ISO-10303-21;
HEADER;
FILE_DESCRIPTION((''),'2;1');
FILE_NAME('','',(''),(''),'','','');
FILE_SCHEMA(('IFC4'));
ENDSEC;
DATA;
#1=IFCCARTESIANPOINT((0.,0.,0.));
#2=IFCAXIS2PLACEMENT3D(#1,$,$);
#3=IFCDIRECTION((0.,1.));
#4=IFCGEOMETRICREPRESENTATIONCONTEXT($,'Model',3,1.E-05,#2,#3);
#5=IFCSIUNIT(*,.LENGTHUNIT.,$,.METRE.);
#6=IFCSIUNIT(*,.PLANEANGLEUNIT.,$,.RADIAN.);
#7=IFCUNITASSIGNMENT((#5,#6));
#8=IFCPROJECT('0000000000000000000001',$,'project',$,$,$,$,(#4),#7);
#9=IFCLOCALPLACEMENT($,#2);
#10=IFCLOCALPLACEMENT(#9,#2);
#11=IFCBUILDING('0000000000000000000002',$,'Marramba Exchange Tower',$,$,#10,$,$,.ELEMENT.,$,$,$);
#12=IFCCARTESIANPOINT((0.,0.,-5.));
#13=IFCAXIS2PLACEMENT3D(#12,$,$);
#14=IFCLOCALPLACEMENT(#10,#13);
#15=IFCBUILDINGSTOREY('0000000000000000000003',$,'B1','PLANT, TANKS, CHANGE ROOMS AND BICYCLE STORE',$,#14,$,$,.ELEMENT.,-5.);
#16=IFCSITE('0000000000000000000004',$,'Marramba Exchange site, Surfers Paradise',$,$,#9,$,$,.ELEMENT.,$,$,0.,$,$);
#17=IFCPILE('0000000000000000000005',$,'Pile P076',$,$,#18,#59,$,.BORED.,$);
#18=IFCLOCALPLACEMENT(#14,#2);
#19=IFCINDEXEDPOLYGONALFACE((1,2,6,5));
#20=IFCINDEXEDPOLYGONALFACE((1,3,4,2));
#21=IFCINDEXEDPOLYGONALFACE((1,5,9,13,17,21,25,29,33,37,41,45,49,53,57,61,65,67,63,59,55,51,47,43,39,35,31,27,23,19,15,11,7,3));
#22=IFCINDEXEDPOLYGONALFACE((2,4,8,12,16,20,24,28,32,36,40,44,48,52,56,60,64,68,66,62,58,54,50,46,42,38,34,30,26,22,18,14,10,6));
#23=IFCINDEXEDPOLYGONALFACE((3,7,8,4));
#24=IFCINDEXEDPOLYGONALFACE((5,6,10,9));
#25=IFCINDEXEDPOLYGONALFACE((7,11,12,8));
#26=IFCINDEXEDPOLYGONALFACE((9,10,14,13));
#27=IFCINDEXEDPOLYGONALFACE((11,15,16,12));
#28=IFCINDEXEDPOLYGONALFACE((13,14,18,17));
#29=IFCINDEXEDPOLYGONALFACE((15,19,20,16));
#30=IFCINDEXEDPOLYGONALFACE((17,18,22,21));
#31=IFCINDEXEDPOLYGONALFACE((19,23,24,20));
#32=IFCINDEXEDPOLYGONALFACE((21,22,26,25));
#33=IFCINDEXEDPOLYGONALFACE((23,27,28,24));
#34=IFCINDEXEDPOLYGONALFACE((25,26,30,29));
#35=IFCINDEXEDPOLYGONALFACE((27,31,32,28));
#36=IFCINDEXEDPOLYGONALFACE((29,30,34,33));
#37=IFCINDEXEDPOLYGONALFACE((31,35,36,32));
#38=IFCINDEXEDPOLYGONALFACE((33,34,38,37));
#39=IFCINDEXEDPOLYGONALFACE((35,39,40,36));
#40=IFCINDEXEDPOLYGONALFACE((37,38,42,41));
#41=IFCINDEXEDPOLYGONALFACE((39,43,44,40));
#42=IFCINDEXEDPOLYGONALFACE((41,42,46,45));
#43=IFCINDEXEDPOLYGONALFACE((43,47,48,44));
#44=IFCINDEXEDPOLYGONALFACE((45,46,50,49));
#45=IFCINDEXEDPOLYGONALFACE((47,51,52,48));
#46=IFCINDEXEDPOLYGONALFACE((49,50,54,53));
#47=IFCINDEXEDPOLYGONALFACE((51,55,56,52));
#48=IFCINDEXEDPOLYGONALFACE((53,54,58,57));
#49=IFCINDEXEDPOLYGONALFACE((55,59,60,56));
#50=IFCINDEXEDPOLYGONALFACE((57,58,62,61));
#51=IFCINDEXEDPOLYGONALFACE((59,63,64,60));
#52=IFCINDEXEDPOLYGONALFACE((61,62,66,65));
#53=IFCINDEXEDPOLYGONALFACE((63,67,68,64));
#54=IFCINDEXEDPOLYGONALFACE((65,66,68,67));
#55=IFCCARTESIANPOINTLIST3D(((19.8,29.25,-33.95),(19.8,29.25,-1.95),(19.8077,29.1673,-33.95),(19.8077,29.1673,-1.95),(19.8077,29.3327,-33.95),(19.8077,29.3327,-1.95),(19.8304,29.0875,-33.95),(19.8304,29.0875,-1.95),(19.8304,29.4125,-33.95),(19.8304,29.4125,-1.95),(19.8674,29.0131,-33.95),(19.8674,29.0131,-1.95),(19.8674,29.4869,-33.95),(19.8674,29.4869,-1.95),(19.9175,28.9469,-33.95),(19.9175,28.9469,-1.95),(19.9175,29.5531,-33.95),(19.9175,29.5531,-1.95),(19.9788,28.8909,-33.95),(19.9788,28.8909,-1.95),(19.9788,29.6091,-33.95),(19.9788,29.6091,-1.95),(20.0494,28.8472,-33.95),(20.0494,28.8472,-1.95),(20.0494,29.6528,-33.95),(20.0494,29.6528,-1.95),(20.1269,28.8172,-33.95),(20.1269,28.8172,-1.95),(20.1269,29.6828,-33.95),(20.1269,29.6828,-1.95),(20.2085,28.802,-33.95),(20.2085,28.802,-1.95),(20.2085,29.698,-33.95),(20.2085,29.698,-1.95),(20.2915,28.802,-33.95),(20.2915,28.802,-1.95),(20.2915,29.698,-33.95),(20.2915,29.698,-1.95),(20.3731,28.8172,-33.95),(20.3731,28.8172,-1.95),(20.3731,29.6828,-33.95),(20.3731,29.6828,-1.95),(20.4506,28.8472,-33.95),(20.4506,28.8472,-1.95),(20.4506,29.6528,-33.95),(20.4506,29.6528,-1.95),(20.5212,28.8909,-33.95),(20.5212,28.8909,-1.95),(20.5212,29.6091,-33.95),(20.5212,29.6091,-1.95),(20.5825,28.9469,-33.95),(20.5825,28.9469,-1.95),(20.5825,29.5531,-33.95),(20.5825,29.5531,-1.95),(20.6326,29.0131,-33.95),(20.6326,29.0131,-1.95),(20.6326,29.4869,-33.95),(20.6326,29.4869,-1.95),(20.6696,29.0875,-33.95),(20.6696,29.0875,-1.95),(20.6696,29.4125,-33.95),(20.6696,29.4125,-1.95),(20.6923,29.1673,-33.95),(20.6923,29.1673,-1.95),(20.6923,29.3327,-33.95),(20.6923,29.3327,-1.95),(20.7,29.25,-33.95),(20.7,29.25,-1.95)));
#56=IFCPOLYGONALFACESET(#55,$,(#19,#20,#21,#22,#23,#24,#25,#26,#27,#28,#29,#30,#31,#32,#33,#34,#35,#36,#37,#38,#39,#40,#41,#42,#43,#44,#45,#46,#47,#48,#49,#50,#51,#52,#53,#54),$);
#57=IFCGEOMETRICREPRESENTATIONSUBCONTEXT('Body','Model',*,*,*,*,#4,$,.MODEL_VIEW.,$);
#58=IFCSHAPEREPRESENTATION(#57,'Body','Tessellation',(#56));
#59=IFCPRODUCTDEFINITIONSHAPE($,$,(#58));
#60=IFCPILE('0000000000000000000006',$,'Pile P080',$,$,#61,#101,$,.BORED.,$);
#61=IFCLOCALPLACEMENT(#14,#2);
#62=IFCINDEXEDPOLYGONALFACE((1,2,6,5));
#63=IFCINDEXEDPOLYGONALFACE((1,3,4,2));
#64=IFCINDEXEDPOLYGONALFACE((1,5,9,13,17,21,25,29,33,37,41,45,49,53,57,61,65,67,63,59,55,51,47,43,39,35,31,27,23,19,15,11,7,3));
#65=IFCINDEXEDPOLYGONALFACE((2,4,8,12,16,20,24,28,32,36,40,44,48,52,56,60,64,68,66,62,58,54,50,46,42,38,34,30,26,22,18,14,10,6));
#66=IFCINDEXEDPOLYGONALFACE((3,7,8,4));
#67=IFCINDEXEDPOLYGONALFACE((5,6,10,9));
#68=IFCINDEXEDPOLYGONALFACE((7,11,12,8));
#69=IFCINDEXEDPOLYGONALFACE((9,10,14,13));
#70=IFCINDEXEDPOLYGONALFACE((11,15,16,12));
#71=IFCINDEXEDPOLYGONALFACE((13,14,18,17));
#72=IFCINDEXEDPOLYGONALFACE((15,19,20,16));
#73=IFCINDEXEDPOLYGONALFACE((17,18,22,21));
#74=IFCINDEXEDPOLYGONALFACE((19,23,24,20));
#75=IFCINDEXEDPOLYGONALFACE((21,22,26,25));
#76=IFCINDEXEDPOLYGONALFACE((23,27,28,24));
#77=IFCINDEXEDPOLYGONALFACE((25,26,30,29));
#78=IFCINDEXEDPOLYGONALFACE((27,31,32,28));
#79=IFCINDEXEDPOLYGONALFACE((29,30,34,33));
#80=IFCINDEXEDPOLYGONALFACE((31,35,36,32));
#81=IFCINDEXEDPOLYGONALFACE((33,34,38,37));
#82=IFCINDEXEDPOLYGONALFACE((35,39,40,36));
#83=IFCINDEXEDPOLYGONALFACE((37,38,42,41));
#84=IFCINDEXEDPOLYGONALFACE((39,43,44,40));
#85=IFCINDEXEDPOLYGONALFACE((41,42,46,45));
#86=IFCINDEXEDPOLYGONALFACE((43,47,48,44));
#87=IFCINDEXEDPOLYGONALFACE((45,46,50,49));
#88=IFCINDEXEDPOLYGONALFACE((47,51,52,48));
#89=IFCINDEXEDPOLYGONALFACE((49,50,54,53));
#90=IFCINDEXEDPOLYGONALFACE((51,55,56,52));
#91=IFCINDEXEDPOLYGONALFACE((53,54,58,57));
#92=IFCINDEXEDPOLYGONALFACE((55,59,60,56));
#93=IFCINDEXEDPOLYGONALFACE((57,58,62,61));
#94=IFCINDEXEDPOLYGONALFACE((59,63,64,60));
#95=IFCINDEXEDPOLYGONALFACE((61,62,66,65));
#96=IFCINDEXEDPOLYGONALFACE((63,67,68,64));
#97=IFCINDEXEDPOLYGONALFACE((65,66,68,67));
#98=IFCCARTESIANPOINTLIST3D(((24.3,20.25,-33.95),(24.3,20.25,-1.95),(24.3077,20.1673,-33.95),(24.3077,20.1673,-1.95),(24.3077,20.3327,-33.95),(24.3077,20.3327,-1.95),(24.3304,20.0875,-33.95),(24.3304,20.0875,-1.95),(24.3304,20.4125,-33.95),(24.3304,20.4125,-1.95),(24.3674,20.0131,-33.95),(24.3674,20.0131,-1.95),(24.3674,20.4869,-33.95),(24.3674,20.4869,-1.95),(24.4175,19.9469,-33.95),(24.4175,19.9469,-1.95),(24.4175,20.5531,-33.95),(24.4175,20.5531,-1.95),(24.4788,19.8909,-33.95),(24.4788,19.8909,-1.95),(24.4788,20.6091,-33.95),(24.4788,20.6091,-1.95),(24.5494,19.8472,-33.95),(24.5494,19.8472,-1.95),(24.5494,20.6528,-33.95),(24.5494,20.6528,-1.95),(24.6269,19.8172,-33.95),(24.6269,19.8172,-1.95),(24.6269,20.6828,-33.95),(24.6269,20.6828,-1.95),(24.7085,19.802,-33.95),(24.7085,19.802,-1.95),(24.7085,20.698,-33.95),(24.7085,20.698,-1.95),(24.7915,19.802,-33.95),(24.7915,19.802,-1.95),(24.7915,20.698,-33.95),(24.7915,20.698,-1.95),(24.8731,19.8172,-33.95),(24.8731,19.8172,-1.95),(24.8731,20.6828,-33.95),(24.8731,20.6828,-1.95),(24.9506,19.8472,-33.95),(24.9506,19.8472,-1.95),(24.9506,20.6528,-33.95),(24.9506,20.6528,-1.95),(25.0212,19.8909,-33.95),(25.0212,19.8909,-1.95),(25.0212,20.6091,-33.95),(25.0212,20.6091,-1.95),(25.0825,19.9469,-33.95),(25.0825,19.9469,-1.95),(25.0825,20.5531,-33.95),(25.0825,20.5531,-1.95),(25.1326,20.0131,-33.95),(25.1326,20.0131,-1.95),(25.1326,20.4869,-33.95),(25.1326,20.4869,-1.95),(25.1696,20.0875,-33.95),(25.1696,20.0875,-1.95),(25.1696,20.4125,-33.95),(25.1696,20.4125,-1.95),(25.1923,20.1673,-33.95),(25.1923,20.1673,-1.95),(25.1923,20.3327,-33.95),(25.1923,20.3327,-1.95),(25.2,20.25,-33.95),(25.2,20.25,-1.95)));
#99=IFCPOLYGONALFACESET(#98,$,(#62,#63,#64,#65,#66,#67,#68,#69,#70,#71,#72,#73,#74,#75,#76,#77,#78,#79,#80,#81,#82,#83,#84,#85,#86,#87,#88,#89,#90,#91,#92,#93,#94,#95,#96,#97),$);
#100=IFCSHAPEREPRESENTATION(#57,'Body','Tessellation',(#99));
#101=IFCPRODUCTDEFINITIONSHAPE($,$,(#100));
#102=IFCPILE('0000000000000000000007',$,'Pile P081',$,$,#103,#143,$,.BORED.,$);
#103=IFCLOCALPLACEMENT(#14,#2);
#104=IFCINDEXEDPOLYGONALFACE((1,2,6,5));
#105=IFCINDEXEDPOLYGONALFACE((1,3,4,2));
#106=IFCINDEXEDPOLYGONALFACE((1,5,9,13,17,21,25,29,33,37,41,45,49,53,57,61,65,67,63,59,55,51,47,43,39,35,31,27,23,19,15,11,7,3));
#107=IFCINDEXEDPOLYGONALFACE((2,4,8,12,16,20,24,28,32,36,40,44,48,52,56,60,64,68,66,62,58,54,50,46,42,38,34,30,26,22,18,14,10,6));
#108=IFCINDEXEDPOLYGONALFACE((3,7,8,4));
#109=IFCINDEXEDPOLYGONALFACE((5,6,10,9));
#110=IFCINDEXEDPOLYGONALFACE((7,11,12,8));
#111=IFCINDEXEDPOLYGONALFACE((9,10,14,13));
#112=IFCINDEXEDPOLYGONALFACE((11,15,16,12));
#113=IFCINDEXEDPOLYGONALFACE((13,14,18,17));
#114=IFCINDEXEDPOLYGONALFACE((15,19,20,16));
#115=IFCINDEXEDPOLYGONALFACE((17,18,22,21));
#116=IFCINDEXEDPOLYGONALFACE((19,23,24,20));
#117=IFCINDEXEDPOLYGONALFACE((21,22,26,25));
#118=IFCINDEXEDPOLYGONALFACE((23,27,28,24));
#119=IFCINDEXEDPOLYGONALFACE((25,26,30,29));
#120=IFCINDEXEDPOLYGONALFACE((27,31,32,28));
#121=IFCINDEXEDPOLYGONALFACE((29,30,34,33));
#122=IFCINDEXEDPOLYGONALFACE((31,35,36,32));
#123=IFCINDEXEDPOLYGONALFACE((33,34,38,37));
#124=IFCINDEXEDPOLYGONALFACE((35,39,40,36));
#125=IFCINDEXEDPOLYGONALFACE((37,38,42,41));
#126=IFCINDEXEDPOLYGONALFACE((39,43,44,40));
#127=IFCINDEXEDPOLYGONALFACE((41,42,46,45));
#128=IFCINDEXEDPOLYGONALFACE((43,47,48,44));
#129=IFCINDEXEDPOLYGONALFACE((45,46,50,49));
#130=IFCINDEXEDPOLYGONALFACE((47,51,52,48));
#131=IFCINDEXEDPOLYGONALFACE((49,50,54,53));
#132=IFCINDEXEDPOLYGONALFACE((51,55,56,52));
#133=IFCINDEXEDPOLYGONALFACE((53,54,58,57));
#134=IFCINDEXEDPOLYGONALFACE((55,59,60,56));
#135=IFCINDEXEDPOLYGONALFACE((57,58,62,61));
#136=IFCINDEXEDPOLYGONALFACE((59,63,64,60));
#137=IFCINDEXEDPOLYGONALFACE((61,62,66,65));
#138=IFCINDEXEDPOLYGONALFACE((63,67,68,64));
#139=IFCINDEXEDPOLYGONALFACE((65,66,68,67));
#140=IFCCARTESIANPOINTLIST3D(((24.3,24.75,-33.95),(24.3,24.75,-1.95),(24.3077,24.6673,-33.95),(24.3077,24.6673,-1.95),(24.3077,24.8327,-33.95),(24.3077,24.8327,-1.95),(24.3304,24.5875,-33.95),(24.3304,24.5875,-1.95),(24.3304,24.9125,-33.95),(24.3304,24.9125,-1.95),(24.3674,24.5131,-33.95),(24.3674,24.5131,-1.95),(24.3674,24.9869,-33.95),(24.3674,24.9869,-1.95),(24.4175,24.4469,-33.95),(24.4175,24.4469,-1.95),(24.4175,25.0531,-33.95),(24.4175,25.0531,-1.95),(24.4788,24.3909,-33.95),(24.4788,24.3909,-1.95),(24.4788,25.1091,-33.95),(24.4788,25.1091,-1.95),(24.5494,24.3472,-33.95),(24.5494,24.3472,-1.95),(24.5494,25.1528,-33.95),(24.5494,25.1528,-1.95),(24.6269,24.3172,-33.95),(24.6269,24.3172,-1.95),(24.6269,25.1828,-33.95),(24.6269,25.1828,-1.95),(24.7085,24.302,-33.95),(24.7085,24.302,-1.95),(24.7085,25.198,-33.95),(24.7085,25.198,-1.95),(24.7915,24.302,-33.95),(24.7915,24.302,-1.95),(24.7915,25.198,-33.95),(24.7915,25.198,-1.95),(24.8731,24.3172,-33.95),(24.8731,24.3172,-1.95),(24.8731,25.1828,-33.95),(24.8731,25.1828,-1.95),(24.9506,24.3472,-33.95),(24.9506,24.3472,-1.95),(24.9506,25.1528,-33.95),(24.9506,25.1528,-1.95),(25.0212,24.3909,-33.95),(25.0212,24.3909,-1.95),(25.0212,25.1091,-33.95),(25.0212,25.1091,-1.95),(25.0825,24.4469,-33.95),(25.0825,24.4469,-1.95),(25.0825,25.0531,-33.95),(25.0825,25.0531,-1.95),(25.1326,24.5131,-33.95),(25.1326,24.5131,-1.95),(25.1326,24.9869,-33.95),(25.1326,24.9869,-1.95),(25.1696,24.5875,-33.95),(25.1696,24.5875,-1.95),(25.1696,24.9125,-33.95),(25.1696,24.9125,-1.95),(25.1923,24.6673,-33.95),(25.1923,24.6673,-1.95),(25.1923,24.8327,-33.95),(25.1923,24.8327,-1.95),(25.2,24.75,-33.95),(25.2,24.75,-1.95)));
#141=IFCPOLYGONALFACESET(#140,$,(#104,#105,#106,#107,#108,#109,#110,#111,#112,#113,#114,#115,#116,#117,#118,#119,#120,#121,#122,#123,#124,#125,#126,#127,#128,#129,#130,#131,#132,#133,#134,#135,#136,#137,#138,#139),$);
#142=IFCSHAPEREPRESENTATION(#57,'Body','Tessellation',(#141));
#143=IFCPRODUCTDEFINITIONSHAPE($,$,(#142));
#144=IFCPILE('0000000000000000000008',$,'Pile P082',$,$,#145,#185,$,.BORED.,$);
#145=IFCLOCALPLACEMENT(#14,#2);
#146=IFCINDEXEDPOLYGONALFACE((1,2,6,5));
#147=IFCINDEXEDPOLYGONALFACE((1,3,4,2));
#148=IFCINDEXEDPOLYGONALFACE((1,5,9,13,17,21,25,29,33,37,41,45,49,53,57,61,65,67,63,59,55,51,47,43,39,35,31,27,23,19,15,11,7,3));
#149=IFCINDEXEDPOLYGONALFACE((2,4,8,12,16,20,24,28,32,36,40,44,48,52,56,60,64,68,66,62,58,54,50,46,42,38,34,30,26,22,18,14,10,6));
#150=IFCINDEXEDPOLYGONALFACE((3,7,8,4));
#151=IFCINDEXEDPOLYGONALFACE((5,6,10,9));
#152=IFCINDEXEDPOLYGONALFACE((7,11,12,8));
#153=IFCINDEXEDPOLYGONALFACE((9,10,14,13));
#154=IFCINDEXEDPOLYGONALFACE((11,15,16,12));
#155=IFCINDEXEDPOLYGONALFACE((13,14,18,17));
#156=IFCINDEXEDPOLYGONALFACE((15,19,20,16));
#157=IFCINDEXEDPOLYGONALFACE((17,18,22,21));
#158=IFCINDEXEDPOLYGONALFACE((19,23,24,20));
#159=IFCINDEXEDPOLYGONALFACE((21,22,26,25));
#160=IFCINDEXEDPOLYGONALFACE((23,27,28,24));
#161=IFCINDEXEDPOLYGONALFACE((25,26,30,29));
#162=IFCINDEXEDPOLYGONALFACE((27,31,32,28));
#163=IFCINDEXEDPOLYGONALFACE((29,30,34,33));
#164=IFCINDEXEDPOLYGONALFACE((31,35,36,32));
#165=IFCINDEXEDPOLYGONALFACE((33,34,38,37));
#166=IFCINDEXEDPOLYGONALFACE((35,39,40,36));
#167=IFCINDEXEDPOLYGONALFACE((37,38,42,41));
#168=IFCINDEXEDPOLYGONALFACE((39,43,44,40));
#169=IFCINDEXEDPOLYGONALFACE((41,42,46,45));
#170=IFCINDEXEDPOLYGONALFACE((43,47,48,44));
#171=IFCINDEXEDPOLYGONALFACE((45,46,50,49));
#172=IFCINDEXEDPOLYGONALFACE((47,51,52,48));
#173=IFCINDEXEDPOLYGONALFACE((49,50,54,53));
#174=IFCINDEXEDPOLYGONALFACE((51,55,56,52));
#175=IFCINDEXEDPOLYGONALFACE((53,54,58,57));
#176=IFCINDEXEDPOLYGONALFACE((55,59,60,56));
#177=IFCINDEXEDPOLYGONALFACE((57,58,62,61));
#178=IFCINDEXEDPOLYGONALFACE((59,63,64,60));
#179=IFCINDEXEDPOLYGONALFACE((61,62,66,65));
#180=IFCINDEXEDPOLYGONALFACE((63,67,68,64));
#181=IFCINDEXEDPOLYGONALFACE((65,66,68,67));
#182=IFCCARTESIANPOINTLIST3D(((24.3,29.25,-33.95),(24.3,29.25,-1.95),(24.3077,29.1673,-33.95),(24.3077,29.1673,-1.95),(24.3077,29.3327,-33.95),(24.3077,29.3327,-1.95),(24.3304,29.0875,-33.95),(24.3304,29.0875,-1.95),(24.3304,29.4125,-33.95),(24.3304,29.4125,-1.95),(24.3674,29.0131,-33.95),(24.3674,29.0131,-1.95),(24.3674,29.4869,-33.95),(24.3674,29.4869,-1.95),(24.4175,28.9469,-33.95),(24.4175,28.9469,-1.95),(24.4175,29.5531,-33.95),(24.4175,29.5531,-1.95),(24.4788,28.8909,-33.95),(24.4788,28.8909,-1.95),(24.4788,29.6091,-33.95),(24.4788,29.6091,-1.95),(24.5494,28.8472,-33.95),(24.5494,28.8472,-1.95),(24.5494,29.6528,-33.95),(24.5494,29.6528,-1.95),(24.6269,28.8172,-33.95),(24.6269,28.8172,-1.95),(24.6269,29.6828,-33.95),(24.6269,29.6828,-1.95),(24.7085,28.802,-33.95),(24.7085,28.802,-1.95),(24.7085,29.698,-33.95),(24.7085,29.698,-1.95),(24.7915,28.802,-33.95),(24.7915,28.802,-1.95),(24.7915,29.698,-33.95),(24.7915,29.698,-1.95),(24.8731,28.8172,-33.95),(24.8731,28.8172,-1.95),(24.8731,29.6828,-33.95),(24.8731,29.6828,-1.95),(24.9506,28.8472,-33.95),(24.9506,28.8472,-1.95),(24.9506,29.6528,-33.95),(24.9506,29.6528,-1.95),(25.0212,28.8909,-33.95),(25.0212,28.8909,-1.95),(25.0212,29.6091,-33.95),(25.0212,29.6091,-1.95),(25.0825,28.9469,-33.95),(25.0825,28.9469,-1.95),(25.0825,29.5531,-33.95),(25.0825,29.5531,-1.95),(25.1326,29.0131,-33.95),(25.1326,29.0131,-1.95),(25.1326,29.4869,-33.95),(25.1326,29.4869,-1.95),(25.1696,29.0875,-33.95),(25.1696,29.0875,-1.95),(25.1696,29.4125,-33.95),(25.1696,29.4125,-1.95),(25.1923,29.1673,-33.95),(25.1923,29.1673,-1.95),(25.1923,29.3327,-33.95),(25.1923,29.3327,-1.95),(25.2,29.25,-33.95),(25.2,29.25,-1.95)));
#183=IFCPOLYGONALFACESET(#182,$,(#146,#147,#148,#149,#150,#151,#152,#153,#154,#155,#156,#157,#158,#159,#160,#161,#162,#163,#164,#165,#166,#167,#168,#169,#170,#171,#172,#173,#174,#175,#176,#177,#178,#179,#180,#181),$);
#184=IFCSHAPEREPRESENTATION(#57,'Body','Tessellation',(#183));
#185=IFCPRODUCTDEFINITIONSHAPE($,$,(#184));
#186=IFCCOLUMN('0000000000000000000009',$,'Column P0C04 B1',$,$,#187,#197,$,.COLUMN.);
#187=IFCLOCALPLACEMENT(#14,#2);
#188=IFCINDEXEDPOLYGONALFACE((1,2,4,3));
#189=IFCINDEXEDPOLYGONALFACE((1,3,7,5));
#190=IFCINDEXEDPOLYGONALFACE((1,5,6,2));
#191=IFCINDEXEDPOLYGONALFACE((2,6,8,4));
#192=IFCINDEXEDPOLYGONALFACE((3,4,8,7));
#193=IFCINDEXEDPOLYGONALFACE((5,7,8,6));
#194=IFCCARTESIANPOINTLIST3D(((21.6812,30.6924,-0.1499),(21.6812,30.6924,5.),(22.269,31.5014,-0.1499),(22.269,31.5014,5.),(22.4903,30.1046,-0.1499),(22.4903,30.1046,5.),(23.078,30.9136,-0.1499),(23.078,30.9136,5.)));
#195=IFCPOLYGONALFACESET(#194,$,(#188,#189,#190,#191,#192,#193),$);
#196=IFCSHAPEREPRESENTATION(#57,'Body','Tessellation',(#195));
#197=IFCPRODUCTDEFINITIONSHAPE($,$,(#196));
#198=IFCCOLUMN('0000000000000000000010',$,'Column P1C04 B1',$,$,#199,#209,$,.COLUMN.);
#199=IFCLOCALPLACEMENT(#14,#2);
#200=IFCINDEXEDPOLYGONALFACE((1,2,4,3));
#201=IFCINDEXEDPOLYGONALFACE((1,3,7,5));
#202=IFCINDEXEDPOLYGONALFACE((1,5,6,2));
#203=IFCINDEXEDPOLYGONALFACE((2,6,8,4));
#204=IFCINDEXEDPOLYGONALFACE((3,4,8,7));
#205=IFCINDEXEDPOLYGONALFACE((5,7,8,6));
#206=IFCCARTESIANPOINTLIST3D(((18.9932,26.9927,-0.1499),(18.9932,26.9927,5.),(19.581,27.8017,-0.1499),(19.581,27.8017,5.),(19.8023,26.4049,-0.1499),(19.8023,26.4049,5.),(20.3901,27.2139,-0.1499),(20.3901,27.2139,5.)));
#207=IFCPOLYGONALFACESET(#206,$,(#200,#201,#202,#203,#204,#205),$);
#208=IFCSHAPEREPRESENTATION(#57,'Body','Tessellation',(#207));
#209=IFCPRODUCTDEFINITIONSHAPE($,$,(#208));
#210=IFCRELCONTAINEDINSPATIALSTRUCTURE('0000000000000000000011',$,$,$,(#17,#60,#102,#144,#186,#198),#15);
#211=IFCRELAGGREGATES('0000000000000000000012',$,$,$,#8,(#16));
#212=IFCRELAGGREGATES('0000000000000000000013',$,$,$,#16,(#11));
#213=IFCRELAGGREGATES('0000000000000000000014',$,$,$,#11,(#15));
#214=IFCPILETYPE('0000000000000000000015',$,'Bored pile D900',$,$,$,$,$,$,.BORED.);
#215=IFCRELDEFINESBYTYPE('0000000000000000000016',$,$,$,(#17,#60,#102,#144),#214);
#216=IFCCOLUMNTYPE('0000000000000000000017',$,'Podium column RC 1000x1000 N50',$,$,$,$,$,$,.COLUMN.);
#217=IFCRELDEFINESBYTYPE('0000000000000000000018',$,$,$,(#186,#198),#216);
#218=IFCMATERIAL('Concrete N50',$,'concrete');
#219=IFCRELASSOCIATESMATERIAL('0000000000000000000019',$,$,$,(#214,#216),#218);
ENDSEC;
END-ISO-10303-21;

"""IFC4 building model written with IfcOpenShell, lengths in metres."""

from ifc_helpers import new_model, si_unit, direction, frame, origin, origin_2d, place, context, subcontext, project, spatial, rectangle, circle, extrude, material, material_profile, profile_set, type_object, element, save


model = new_model("IFC4")

# Units and contexts
model_context = context("Model", 3, precision=1e-05, world=origin(), true_north=direction((0.0, 1.0)))
body_context = subcontext(model_context, "Body", "Model", "MODEL_VIEW")
ifc_project = project(units=[si_unit("LENGTHUNIT", "METRE"), si_unit("PLANEANGLEUNIT", "RADIAN")], contexts=[model_context])

# Site, building, storey
site_placement = place(None, origin())
site = spatial("IfcSite", under=ifc_project, at=site_placement, Name="Marramba Exchange site, Surfers Paradise", CompositionType="ELEMENT", RefElevation=0.0)
building_placement = place(site_placement, origin())
building = spatial("IfcBuilding", under=site, at=building_placement, Name="Marramba Exchange Tower", CompositionType="ELEMENT")
storey_placement = place(building_placement, frame((0.0, 0.0, -5.0)))
storey = spatial("IfcBuildingStorey", under=building, at=storey_placement, Name="B1", Description="PLANT, TANKS, CHANGE ROOMS AND BICYCLE STORE", CompositionType="ELEMENT", Elevation=-5.0)

# Piles
ifc_material_1 = material(Name="Concrete N50", Category="concrete")
ifc_material_profile_1 = material_profile(ifc_material_1, circle(Radius=0.45, at=origin_2d()), Name="BP D900")
ifc_profile_set_1 = profile_set([ifc_material_profile_1], Name="Concrete N50")
pile_type_1 = type_object("IfcPileType", Name="Bored pile D900", PredefinedType="BORED", material=ifc_profile_set_1)
for number, where, z_axis, x_axis, name in (
    (1, (20.25, 29.25, -1.95), (0.0, 0.0, -1.0), (1.0, 0.0, 0.0), "Pile P076"),
    (2, (24.75, 20.25, -1.95), (0.0, 0.0, -1.0), (1.0, 0.0, 0.0), "Pile P080"),
    (3, (24.75, 24.75, -1.95), (0.0, 0.0, -1.0), (1.0, 0.0, 0.0), "Pile P081"),
    (4, (24.75, 29.25, -1.95), (0.0, 0.0, -1.0), (1.0, 0.0, 0.0), "Pile P082"),
):
    element("IfcPile", number, at=place(storey_placement, frame(where, z_axis=z_axis, x_axis=x_axis)), inside=storey, type_object=pile_type_1, Name=name, PredefinedType="BORED", context=body_context, shape_type="SweptSolid", body=[
        extrude(circle(Radius=0.45, at=origin_2d()), origin(), (0.0, 0.0, 1.0), 32.0),
    ])

# Columns
ifc_material_profile_2 = material_profile(ifc_material_1, rectangle(XDim=1.0, YDim=1.0, at=origin_2d()), Name="RC 1000x1000")
ifc_profile_set_2 = profile_set([ifc_material_profile_2], Name="Concrete N50")
column_type = type_object("IfcColumnType", Name="Podium column RC 1000x1000 N50", PredefinedType="COLUMN", material=ifc_profile_set_2)
for number, where, z_axis, x_axis, name in (
    (5, (22.3796, 30.803, -0.1499), (0.0, 0.0, 1.0), (0.587785, 0.809017, 0.0), "Column P0C04 B1"),
    (6, (19.6917, 27.1033, -0.1499), (0.0, 0.0, 1.0), (0.587785, 0.809017, 0.0), "Column P1C04 B1"),
):
    element("IfcColumn", number, at=place(storey_placement, frame(where, z_axis=z_axis, x_axis=x_axis)), inside=storey, type_object=column_type, Name=name, PredefinedType="COLUMN", context=body_context, shape_type="SweptSolid", body=[
        extrude(rectangle(XDim=1.0, YDim=1.0, at=origin_2d()), origin(), (0.0, 0.0, 1.0), 5.1499),
    ])

save(model, "model.ifc")
